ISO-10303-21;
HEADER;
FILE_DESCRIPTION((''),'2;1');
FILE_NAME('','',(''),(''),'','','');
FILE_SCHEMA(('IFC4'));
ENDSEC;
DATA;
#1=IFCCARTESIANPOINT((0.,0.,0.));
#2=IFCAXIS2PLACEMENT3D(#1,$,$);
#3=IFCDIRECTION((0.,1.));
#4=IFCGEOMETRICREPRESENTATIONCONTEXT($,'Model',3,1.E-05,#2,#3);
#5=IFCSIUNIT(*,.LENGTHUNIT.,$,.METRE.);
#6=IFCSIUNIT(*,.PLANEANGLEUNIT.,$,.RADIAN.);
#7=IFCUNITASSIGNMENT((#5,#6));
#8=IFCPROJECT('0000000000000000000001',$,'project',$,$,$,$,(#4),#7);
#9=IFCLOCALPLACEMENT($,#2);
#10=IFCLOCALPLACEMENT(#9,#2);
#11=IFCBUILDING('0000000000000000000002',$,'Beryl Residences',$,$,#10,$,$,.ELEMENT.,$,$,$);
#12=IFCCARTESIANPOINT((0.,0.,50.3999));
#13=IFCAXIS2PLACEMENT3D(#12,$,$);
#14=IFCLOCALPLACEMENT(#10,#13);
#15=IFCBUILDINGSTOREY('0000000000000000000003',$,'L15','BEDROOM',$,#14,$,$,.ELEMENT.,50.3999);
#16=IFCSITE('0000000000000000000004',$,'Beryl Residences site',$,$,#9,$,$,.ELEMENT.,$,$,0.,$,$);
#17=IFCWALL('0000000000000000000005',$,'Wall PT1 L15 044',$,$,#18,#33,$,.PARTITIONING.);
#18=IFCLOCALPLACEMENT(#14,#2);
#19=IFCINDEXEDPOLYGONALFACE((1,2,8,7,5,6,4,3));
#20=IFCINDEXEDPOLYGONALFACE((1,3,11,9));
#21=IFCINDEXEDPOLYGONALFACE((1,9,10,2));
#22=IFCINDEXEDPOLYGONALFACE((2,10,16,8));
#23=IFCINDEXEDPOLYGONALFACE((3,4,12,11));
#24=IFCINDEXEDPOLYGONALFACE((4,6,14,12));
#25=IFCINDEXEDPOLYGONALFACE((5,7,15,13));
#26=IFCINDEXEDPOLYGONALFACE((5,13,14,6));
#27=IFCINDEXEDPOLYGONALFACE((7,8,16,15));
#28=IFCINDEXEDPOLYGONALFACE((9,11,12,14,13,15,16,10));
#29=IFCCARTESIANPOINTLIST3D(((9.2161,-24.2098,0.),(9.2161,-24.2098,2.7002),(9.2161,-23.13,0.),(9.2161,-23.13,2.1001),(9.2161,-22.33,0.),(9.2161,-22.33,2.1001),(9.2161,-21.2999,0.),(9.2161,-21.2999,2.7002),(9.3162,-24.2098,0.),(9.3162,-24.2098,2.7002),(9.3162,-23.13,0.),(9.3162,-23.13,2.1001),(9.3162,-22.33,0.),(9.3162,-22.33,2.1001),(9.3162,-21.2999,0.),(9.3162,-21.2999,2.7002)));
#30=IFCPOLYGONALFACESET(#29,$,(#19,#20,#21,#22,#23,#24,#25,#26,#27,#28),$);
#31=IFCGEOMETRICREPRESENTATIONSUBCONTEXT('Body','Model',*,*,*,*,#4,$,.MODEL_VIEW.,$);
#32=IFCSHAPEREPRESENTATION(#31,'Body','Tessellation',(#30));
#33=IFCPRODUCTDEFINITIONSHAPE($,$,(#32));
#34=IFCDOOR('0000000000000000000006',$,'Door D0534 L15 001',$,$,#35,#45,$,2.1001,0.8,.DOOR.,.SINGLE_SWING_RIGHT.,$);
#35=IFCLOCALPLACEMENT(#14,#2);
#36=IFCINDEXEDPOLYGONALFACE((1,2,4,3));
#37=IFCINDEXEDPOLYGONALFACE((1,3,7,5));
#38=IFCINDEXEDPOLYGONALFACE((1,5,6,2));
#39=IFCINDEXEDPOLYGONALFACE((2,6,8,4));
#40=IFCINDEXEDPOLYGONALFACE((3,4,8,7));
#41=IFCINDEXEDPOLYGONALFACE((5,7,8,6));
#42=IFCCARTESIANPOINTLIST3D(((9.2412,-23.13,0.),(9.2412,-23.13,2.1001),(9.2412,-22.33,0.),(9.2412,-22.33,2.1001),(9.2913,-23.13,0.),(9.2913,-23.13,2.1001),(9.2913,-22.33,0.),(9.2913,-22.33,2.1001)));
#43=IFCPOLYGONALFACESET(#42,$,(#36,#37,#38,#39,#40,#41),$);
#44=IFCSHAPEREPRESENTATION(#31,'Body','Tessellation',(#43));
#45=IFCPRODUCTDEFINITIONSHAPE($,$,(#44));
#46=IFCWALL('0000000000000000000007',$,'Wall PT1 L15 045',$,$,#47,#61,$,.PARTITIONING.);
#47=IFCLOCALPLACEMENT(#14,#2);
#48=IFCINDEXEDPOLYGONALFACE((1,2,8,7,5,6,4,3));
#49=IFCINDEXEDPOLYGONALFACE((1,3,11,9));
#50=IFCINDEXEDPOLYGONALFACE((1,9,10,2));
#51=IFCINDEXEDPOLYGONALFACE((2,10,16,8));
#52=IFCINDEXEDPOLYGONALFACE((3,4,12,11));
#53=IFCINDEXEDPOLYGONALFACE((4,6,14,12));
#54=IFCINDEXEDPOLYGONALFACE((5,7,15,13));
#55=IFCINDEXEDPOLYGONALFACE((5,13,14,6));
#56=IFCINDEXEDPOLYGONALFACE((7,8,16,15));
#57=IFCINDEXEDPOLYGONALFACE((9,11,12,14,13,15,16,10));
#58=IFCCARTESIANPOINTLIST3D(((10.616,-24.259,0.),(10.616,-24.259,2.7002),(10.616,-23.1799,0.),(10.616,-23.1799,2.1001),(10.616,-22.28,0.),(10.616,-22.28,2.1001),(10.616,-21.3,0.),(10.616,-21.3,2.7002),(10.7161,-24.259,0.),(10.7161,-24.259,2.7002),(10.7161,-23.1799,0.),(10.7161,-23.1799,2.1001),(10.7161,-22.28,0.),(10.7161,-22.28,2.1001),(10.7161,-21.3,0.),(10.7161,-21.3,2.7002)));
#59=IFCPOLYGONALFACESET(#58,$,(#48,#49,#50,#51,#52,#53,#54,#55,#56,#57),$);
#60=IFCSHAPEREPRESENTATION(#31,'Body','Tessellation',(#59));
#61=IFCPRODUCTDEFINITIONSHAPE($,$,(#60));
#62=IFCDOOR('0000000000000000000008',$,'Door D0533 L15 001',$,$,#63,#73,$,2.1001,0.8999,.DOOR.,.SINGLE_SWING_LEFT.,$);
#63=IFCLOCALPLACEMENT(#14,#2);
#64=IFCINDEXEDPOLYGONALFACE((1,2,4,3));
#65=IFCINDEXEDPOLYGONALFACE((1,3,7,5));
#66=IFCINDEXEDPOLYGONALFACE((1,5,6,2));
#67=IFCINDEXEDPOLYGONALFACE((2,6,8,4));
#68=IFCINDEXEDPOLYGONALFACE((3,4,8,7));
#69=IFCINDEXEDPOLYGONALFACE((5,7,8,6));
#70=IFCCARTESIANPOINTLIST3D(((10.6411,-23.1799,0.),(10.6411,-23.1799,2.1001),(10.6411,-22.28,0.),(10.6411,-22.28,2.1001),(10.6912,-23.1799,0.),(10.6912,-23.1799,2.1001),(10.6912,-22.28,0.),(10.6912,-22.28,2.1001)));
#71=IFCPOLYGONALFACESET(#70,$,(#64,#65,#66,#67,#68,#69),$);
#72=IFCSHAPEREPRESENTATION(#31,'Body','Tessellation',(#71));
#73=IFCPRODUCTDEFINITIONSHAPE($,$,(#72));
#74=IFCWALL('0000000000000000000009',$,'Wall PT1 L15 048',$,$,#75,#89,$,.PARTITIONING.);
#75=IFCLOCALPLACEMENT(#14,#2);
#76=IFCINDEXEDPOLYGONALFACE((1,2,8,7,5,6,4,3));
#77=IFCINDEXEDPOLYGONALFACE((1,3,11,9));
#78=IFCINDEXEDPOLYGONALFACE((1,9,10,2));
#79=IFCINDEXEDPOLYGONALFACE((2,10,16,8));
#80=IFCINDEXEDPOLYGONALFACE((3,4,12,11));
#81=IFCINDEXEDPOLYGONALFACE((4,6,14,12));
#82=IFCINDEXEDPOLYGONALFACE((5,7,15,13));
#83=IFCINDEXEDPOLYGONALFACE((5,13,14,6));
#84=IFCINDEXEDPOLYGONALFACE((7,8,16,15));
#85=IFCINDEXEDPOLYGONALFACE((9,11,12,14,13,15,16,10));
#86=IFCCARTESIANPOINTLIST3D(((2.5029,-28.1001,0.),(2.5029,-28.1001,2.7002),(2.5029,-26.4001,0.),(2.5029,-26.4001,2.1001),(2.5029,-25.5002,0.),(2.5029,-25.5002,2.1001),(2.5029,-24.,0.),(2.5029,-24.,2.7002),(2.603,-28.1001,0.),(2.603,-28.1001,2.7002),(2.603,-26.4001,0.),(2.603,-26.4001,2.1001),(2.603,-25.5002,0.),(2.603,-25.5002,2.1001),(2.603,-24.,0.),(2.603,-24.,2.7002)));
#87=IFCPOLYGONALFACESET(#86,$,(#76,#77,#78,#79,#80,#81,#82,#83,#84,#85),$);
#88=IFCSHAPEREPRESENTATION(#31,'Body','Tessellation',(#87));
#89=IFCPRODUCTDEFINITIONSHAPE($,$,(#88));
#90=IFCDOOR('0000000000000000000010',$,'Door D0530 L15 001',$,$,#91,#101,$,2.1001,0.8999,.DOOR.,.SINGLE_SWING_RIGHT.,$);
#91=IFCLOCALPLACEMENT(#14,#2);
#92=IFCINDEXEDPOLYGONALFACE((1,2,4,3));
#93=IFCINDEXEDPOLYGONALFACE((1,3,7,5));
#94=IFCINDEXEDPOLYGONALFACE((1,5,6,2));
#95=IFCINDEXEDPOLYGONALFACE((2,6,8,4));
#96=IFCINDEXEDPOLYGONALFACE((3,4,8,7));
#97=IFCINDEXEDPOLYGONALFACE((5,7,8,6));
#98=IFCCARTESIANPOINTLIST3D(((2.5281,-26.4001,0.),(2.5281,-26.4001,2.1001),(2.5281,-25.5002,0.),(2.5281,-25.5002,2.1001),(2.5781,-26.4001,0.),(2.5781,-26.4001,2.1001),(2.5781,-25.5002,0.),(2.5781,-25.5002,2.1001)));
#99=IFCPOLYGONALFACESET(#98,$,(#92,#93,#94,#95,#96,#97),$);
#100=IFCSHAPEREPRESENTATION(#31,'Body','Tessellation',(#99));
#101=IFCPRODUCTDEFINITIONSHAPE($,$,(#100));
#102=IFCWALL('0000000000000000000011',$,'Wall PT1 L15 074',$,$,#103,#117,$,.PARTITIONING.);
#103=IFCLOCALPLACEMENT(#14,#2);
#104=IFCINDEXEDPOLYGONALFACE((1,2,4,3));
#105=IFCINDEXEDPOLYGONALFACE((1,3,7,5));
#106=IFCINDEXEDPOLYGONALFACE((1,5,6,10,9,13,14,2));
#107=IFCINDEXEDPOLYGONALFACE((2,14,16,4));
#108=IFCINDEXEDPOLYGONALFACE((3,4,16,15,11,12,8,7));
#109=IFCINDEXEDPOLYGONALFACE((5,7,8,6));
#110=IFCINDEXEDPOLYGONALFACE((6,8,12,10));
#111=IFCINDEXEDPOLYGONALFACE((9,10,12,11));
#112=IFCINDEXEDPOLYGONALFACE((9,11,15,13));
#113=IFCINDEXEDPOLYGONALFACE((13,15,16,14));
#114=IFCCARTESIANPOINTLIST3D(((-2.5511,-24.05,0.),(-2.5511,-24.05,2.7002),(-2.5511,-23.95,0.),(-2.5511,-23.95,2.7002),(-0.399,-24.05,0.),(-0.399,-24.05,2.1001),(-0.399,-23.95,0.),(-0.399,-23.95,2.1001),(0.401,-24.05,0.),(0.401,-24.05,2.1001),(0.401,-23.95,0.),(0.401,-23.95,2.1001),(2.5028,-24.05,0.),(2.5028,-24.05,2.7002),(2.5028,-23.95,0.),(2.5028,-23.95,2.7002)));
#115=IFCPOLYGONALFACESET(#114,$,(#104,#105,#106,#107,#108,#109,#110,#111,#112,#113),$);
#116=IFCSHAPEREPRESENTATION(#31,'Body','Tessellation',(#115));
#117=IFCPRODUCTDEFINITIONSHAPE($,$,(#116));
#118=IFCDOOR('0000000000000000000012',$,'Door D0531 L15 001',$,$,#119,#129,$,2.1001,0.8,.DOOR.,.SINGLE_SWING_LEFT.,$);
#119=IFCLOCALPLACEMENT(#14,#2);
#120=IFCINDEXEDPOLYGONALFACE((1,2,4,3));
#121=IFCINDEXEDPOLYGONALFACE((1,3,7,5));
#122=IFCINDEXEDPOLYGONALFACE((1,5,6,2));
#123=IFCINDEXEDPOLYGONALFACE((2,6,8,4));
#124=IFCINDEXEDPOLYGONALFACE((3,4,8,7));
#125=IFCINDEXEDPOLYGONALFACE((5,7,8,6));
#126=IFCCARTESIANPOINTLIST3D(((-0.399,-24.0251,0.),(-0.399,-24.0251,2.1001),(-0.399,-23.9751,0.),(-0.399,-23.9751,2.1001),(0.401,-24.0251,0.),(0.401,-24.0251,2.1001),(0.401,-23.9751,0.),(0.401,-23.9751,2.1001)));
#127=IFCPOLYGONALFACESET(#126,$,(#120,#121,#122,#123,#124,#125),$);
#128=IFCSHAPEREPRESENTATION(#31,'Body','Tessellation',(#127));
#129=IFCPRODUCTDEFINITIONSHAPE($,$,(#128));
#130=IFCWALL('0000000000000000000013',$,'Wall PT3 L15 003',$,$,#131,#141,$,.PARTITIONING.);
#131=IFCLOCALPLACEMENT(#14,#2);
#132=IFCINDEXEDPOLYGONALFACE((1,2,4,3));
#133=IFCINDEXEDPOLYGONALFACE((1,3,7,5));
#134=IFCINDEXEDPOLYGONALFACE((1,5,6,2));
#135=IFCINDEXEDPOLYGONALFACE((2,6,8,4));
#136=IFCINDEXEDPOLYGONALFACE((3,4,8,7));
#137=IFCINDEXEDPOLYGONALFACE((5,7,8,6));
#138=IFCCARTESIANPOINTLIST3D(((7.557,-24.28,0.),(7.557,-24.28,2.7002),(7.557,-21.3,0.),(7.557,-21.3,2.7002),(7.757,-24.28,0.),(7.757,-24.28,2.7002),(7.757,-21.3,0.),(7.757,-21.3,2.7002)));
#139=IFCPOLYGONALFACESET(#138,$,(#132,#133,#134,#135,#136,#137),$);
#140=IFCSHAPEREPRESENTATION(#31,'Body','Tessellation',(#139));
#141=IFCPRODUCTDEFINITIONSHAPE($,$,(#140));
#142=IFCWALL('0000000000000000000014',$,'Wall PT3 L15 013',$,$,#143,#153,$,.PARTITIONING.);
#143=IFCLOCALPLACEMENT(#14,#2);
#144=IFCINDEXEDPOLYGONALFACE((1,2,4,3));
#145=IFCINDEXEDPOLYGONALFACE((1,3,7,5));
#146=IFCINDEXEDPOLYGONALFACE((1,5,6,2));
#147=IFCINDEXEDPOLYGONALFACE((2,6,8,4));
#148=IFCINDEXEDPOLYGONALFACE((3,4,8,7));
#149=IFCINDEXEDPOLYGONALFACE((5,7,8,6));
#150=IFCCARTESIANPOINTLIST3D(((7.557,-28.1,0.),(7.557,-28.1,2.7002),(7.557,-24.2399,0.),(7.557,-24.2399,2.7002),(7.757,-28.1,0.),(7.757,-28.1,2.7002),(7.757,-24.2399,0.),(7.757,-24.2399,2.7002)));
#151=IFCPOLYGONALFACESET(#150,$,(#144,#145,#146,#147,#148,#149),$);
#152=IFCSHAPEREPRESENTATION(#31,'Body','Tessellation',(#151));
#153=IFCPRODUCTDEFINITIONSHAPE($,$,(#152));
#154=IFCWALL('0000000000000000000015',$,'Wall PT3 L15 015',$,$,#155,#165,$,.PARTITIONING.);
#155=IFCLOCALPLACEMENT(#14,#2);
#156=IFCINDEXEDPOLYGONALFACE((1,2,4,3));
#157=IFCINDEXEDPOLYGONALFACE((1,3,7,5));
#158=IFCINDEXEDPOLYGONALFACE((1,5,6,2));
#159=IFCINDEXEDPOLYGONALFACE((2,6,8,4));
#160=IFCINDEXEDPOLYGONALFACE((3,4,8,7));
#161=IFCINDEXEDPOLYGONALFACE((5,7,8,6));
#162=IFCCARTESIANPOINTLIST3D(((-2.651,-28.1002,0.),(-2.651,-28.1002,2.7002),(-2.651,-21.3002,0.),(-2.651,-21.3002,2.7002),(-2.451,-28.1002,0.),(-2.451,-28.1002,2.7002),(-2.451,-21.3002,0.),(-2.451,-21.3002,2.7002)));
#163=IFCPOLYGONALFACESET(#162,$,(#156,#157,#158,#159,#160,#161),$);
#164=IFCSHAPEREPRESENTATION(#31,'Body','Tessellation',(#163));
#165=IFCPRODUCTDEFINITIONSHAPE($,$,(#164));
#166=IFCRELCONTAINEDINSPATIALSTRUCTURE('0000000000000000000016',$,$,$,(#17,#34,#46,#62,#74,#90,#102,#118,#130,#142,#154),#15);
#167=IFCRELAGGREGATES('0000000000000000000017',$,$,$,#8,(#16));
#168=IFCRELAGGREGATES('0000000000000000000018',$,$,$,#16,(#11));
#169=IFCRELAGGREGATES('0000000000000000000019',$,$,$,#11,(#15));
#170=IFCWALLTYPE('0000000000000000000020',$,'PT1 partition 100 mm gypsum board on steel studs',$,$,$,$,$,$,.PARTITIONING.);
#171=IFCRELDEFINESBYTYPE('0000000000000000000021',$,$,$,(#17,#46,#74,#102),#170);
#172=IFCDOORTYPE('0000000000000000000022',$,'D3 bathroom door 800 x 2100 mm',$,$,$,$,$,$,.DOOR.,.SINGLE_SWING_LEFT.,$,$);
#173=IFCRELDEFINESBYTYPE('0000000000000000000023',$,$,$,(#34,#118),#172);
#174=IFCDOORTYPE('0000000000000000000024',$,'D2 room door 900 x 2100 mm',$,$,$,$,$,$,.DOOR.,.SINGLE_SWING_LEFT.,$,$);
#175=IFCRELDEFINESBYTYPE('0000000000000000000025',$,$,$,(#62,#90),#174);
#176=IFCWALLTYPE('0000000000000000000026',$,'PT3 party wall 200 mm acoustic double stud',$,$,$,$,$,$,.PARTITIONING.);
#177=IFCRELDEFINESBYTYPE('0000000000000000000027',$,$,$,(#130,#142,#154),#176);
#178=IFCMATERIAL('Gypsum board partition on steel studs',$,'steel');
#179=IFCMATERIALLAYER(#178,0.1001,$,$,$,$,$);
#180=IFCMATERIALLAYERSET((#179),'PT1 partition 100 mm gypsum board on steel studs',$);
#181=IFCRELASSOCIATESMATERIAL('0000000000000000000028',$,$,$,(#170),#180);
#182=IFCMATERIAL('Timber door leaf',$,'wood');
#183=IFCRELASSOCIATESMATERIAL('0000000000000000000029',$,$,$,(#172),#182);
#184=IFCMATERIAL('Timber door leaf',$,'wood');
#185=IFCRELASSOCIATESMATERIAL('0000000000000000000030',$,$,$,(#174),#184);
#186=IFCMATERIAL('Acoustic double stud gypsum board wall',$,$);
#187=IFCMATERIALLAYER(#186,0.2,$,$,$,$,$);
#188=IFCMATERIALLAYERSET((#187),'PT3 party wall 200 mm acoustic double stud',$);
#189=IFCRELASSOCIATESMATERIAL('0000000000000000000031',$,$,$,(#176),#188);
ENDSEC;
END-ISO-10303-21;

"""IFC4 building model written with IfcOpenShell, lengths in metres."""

from ifc_helpers import new_model, si_unit, direction, frame, frame_2d, origin, place, context, subcontext, project, spatial, rectangle, extrude, material, layer, layer_set, type_object, element, fill, save


model = new_model("IFC4")

# Units and contexts
model_context = context("Model", 3, precision=1e-05, world=origin(), true_north=direction((0.0, 1.0)))
body_context = subcontext(model_context, "Body", "Model", "MODEL_VIEW")
ifc_project = project(units=[si_unit("LENGTHUNIT", "METRE"), si_unit("PLANEANGLEUNIT", "RADIAN")], contexts=[model_context])

# Site, building, storey
site_placement = place(None, origin())
site = spatial("IfcSite", under=ifc_project, at=site_placement, Name="Beryl Residences site", CompositionType="ELEMENT", RefElevation=0.0)
building_placement = place(site_placement, origin())
building = spatial("IfcBuilding", under=site, at=building_placement, Name="Beryl Residences", CompositionType="ELEMENT")
storey_placement = place(building_placement, frame((0.0, 0.0, 50.3999)))
storey = spatial("IfcBuildingStorey", under=building, at=storey_placement, Name="L15", Description="BEDROOM", CompositionType="ELEMENT", Elevation=50.3999)

# Shared definitions
ifc_material_1 = material(Name="Gypsum board partition on steel studs", Category="steel")
ifc_layer_1 = layer(ifc_material_1, 0.1001)
ifc_layer_set_1 = layer_set([ifc_layer_1], Name="PT1 partition 100 mm gypsum board on steel studs")
wall_type_1 = type_object("IfcWallType", Name="PT1 partition 100 mm gypsum board on steel studs", PredefinedType="PARTITIONING", material=ifc_layer_set_1)

# Walls, openings, doors
ifc_material_2 = material(Name="Timber door leaf", Category="wood")
door_type_1 = type_object("IfcDoorType", Name="D3 bathroom door 800 x 2100 mm", OperationType="SINGLE_SWING_LEFT", PredefinedType="DOOR", material=ifc_material_2)
ifc_material_3 = material(Name="Timber door leaf", Category="wood")
door_type_2 = type_object("IfcDoorType", Name="D2 room door 900 x 2100 mm", OperationType="SINGLE_SWING_LEFT", PredefinedType="DOOR", material=ifc_material_3)
wall_1_placement = place(storey_placement, frame((9.2661, -24.21, 0.0), z_axis=(0.0, 0.0, 1.0), x_axis=(0.0, 1.0, 0.0)))
wall_1 = element("IfcWall", 1, at=wall_1_placement, inside=storey, type_object=wall_type_1, Name="Wall PT1 L15 044", PredefinedType="PARTITIONING", context=body_context, shape_type="SweptSolid", body=[
    extrude(rectangle(XDim=2.9099, YDim=0.1001, at=frame_2d((1.4551, 0.0))), origin(), (0.0, 0.0, 1.0), 2.7002),
])
opening_1_placement = place(wall_1_placement, frame((1.0801, 0.0, 0.0)))
opening_1 = element("IfcOpeningElement", 2, at=opening_1_placement, cuts=wall_1, PredefinedType="OPENING", context=body_context, shape_type="SweptSolid", body=[
    extrude(rectangle(XDim=0.8, YDim=2.1001, at=frame_2d((0.3999, 1.05))), frame((0.0, 0.0601, 0.0), z_axis=(0.0, -1.0, 0.0), x_axis=(1.0, 0.0, 0.0)), (0.0, 0.0, 1.0), 0.1201),
])
door_1_placement = place(opening_1_placement, origin())
door_1 = element("IfcDoor", 3, at=door_1_placement, inside=storey, type_object=door_type_1, Name="Door D0534 L15 001", OperationType="SINGLE_SWING_RIGHT", OverallHeight=2.1001, OverallWidth=0.8, PredefinedType="DOOR", context=body_context, shape_type="SweptSolid", body=[
    extrude(rectangle(XDim=0.8, YDim=2.1001, at=frame_2d((0.3999, 1.05))), frame((0.0, 0.0249, 0.0), z_axis=(0.0, -1.0, 0.0), x_axis=(1.0, 0.0, 0.0)), (0.0, 0.0, 1.0), 0.05),
])
fill(opening_1, door_1)
wall_2_placement = place(storey_placement, frame((10.666, -24.259, 0.0), z_axis=(0.0, 0.0, 1.0), x_axis=(0.0, 1.0, 0.0)))
wall_2 = element("IfcWall", 4, at=wall_2_placement, inside=storey, type_object=wall_type_1, Name="Wall PT1 L15 045", PredefinedType="PARTITIONING", context=body_context, shape_type="SweptSolid", body=[
    extrude(rectangle(XDim=2.959, YDim=0.1001, at=frame_2d((1.4795, 0.0))), origin(), (0.0, 0.0, 1.0), 2.7002),
])
opening_2_placement = place(wall_2_placement, frame((1.0791, 0.0, 0.0)))
opening_2 = element("IfcOpeningElement", 5, at=opening_2_placement, cuts=wall_2, PredefinedType="OPENING", context=body_context, shape_type="SweptSolid", body=[
    extrude(rectangle(XDim=0.8999, YDim=2.1001, at=frame_2d((0.45, 1.05))), frame((0.0, 0.0601, 0.0), z_axis=(0.0, -1.0, 0.0), x_axis=(1.0, 0.0, 0.0)), (0.0, 0.0, 1.0), 0.1201),
])
door_2_placement = place(opening_2_placement, origin())
door_2 = element("IfcDoor", 6, at=door_2_placement, inside=storey, type_object=door_type_2, Name="Door D0533 L15 001", OperationType="SINGLE_SWING_LEFT", OverallHeight=2.1001, OverallWidth=0.8999, PredefinedType="DOOR", context=body_context, shape_type="SweptSolid", body=[
    extrude(rectangle(XDim=0.8999, YDim=2.1001, at=frame_2d((0.45, 1.05))), frame((0.0, 0.0249, 0.0), z_axis=(0.0, -1.0, 0.0), x_axis=(1.0, 0.0, 0.0)), (0.0, 0.0, 1.0), 0.05),
])
fill(opening_2, door_2)
wall_3_placement = place(storey_placement, frame((2.553, -28.1001, 0.0), z_axis=(0.0, 0.0, 1.0), x_axis=(0.0, 1.0, 0.0)))
wall_3 = element("IfcWall", 7, at=wall_3_placement, inside=storey, type_object=wall_type_1, Name="Wall PT1 L15 048", PredefinedType="PARTITIONING", context=body_context, shape_type="SweptSolid", body=[
    extrude(rectangle(XDim=4.1001, YDim=0.1001, at=frame_2d((2.05, 0.0))), origin(), (0.0, 0.0, 1.0), 2.7002),
])
opening_3_placement = place(wall_3_placement, frame((1.7, 0.0, 0.0)))
opening_3 = element("IfcOpeningElement", 8, at=opening_3_placement, cuts=wall_3, PredefinedType="OPENING", context=body_context, shape_type="SweptSolid", body=[
    extrude(rectangle(XDim=0.8999, YDim=2.1001, at=frame_2d((0.45, 1.05))), frame((0.0, 0.0601, 0.0), z_axis=(0.0, -1.0, 0.0), x_axis=(1.0, 0.0, 0.0)), (0.0, 0.0, 1.0), 0.1201),
])
door_3_placement = place(opening_3_placement, origin())
door_3 = element("IfcDoor", 9, at=door_3_placement, inside=storey, type_object=door_type_2, Name="Door D0530 L15 001", OperationType="SINGLE_SWING_RIGHT", OverallHeight=2.1001, OverallWidth=0.8999, PredefinedType="DOOR", context=body_context, shape_type="SweptSolid", body=[
    extrude(rectangle(XDim=0.8999, YDim=2.1001, at=frame_2d((0.45, 1.05))), frame((0.0, 0.0249, 0.0), z_axis=(0.0, -1.0, 0.0), x_axis=(1.0, 0.0, 0.0)), (0.0, 0.0, 1.0), 0.05),
])
fill(opening_3, door_3)
wall_4_placement = place(storey_placement, frame((-2.551, -24.0, 0.0), z_axis=(0.0, 0.0, 1.0), x_axis=(1.0, 0.0, 0.0)))
wall_4 = element("IfcWall", 10, at=wall_4_placement, inside=storey, type_object=wall_type_1, Name="Wall PT1 L15 074", PredefinedType="PARTITIONING", context=body_context, shape_type="SweptSolid", body=[
    extrude(rectangle(XDim=5.054, YDim=0.1001, at=frame_2d((2.5269, 0.0))), origin(), (0.0, 0.0, 1.0), 2.7002),
])
opening_4_placement = place(wall_4_placement, frame((2.1521, 0.0, 0.0)))
opening_4 = element("IfcOpeningElement", 11, at=opening_4_placement, cuts=wall_4, PredefinedType="OPENING", context=body_context, shape_type="SweptSolid", body=[
    extrude(rectangle(XDim=0.8, YDim=2.1001, at=frame_2d((0.3999, 1.05))), frame((0.0, 0.0601, 0.0), z_axis=(0.0, -1.0, 0.0), x_axis=(1.0, 0.0, 0.0)), (0.0, 0.0, 1.0), 0.1201),
])
door_4_placement = place(opening_4_placement, origin())
door_4 = element("IfcDoor", 12, at=door_4_placement, inside=storey, type_object=door_type_1, Name="Door D0531 L15 001", OperationType="SINGLE_SWING_LEFT", OverallHeight=2.1001, OverallWidth=0.8, PredefinedType="DOOR", context=body_context, shape_type="SweptSolid", body=[
    extrude(rectangle(XDim=0.8, YDim=2.1001, at=frame_2d((0.3999, 1.05))), frame((0.0, 0.0249, 0.0), z_axis=(0.0, -1.0, 0.0), x_axis=(1.0, 0.0, 0.0)), (0.0, 0.0, 1.0), 0.05),
])
fill(opening_4, door_4)

# Walls
ifc_material_4 = material(Name="Acoustic double stud gypsum board wall")
ifc_layer_2 = layer(ifc_material_4, 0.2)
ifc_layer_set_2 = layer_set([ifc_layer_2], Name="PT3 party wall 200 mm acoustic double stud")
wall_type_2 = type_object("IfcWallType", Name="PT3 party wall 200 mm acoustic double stud", PredefinedType="PARTITIONING", material=ifc_layer_set_2)
wall_5_placement = place(storey_placement, frame((7.657, -21.3, 0.0), z_axis=(0.0, 0.0, 1.0), x_axis=(0.0, -1.0, 0.0)))
element("IfcWall", 13, at=wall_5_placement, inside=storey, type_object=wall_type_2, Name="Wall PT3 L15 003", PredefinedType="PARTITIONING", context=body_context, shape_type="SweptSolid", body=[
    extrude(rectangle(XDim=2.98, YDim=0.2, at=frame_2d((1.49, 0.0))), origin(), (0.0, 0.0, 1.0), 2.7002),
])
wall_6_placement = place(storey_placement, frame((7.657, -28.1001, 0.0), z_axis=(0.0, 0.0, 1.0), x_axis=(0.0, 1.0, 0.0)))
element("IfcWall", 14, at=wall_6_placement, inside=storey, type_object=wall_type_2, Name="Wall PT3 L15 013", PredefinedType="PARTITIONING", context=body_context, shape_type="SweptSolid", body=[
    extrude(rectangle(XDim=3.8601, YDim=0.2, at=frame_2d((1.9302, 0.0))), origin(), (0.0, 0.0, 1.0), 2.7002),
])
wall_7_placement = place(storey_placement, frame((-2.551, -28.1001, 0.0), z_axis=(0.0, 0.0, 1.0), x_axis=(0.0, 1.0, 0.0)))
element("IfcWall", 15, at=wall_7_placement, inside=storey, type_object=wall_type_2, Name="Wall PT3 L15 015", PredefinedType="PARTITIONING", context=body_context, shape_type="SweptSolid", body=[
    extrude(rectangle(XDim=6.8, YDim=0.2, at=frame_2d((3.3999, 0.0))), origin(), (0.0, 0.0, 1.0), 2.7002),
])

save(model, "model.ifc")
